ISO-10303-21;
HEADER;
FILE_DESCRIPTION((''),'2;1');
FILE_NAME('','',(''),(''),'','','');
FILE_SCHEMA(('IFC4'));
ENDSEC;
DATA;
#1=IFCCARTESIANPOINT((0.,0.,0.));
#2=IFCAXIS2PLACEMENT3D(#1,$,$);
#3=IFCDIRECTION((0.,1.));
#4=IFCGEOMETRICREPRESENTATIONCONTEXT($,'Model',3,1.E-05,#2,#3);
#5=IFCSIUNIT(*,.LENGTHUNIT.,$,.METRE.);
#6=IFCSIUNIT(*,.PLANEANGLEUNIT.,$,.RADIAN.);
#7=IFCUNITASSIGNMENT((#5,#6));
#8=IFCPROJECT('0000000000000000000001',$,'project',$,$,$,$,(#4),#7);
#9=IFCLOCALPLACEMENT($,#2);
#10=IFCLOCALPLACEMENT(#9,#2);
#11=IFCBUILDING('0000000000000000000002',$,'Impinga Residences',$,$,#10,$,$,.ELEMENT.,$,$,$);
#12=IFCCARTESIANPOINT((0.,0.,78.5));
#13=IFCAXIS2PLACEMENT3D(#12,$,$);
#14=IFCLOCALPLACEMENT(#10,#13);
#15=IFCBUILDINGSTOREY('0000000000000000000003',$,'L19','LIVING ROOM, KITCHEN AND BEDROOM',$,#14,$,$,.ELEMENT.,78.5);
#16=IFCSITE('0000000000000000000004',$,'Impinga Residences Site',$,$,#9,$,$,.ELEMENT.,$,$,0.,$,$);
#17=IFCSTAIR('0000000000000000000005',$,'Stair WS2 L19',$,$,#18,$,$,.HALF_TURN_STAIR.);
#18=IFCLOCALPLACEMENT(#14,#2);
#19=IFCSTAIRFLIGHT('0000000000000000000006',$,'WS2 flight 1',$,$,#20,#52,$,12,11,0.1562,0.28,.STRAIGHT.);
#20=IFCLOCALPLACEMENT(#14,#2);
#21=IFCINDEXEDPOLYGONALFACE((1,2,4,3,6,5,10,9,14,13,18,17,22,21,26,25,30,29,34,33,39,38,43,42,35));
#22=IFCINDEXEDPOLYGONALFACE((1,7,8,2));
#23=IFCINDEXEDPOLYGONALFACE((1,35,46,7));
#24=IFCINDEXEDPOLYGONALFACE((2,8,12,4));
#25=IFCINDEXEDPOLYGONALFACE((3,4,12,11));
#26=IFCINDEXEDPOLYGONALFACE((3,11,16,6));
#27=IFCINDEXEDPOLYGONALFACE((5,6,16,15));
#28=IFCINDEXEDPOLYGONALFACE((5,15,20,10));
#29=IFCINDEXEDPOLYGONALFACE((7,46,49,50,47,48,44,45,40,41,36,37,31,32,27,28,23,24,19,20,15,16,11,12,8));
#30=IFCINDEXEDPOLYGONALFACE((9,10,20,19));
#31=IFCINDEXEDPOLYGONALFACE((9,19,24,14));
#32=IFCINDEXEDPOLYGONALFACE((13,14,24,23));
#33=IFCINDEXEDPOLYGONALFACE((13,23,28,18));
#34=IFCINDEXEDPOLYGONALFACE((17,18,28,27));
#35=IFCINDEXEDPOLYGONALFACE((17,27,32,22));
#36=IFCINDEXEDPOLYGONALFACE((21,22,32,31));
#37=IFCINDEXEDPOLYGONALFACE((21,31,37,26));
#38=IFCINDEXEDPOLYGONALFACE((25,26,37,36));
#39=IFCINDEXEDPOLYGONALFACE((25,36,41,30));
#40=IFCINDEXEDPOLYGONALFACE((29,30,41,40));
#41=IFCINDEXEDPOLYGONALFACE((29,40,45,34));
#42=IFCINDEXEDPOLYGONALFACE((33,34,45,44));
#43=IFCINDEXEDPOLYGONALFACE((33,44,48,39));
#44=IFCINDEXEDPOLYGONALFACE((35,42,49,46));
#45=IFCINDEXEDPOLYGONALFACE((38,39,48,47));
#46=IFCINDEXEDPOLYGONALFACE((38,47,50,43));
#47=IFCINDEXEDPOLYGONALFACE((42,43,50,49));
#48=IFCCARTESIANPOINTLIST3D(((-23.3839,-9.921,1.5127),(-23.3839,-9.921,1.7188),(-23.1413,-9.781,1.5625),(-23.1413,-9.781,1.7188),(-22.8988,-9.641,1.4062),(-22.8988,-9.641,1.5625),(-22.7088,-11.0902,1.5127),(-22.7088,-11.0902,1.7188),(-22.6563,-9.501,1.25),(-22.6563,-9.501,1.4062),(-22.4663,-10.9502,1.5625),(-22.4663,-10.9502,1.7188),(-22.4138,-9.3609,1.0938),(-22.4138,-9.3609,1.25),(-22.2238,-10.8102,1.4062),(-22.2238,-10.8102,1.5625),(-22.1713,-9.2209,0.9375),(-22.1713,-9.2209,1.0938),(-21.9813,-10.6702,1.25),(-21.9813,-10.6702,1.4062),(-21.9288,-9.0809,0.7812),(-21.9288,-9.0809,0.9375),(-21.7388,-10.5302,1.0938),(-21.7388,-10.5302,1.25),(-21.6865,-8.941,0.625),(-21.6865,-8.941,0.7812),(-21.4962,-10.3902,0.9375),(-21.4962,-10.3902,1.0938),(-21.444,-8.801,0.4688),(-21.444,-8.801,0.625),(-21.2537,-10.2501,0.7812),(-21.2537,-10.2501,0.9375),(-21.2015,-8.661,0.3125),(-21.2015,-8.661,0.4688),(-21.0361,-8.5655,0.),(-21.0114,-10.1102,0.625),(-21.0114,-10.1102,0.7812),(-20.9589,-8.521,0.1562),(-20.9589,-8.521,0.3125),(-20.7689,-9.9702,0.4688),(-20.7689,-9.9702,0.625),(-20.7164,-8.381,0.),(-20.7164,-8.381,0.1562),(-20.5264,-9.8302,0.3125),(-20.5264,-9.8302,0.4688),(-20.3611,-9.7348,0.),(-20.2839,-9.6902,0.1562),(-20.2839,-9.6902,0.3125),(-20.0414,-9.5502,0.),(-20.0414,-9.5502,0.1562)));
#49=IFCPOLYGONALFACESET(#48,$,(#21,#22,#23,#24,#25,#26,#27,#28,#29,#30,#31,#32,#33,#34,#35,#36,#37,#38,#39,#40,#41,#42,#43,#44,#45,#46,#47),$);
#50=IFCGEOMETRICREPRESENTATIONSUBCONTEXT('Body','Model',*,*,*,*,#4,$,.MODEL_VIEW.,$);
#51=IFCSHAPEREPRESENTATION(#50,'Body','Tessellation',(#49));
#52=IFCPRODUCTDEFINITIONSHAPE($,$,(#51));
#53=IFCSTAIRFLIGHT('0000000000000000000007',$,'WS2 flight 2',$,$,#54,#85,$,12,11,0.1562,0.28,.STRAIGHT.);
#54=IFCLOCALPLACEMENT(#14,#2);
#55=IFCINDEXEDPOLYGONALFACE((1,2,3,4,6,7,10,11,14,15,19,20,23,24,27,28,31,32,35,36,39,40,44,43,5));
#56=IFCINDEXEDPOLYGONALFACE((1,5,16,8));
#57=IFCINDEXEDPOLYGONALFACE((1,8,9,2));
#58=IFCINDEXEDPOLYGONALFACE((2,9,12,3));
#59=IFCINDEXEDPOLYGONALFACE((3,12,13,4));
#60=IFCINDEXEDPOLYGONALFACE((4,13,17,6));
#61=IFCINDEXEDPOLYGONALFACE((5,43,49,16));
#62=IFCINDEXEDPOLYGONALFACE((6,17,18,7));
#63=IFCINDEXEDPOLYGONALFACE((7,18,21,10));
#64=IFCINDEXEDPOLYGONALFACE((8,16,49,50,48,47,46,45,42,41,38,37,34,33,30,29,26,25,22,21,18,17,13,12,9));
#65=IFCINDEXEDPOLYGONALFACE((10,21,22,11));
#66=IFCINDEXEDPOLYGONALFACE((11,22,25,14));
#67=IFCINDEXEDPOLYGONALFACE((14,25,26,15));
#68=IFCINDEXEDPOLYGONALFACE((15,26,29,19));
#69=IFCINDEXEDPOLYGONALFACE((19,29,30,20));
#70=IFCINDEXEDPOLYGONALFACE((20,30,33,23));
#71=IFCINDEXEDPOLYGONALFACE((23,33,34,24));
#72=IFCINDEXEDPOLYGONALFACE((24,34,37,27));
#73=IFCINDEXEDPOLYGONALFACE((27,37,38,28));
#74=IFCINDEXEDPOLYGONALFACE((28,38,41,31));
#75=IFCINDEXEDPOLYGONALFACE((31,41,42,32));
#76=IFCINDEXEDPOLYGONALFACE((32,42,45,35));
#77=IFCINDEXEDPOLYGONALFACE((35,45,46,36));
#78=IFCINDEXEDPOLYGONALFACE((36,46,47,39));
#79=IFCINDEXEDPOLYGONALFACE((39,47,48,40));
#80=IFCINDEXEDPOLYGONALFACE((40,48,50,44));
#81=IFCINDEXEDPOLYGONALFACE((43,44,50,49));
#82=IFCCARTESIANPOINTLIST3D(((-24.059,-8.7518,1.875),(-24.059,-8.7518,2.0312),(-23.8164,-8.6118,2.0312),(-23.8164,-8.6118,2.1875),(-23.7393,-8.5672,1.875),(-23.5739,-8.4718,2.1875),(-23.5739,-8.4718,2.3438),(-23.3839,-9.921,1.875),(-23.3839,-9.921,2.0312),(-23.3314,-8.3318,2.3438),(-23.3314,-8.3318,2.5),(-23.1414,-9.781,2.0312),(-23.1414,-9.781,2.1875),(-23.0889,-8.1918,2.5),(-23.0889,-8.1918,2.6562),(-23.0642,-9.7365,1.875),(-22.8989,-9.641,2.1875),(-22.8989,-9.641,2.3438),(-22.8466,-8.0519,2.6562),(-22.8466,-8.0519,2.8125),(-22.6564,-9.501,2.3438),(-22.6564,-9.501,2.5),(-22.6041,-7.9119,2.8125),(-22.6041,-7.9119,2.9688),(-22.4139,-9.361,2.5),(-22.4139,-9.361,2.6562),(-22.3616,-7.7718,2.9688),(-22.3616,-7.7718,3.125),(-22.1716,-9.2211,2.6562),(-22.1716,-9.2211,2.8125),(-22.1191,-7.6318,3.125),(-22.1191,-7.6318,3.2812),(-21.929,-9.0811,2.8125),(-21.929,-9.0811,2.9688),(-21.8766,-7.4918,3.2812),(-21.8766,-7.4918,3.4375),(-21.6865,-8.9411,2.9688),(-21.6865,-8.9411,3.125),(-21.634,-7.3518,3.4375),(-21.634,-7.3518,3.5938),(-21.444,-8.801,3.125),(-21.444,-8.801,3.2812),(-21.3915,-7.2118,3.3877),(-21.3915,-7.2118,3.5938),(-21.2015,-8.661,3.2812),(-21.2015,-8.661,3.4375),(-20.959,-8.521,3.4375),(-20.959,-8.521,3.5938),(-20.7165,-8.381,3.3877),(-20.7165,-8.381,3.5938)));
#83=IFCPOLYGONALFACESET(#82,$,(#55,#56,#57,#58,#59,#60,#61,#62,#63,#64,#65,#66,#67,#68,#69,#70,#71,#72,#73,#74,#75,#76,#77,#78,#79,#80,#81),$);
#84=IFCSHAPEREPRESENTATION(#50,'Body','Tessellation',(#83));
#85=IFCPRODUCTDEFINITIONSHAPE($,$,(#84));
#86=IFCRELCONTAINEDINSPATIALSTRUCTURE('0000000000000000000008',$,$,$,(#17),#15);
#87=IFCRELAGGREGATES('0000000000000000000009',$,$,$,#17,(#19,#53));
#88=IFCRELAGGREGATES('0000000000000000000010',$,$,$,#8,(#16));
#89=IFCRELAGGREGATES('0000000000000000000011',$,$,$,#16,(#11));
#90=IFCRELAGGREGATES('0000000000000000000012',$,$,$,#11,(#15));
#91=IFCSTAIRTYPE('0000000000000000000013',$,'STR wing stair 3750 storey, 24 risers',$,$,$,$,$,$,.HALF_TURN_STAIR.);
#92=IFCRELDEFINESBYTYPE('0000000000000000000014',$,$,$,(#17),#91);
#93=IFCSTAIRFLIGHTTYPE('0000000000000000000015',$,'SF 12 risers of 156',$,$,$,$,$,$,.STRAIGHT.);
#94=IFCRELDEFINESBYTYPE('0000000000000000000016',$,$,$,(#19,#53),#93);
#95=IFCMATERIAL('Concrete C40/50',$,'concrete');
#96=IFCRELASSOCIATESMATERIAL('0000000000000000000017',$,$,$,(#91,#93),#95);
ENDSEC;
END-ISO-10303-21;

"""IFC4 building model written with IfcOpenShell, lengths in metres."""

from ifc_helpers import new_model, si_unit, direction, frame, origin, place, context, subcontext, project, spatial, polyline, outline, extrude, material, type_object, element, aggregate, save


model = new_model("IFC4")

# Units and contexts
model_context = context("Model", 3, precision=1e-05, world=origin(), true_north=direction((0.0, 1.0)))
body_context = subcontext(model_context, "Body", "Model", "MODEL_VIEW")
ifc_project = project(units=[si_unit("LENGTHUNIT", "METRE"), si_unit("PLANEANGLEUNIT", "RADIAN")], contexts=[model_context])

# Site, building, storey
site_placement = place(None, origin())
site = spatial("IfcSite", under=ifc_project, at=site_placement, Name="Impinga Residences Site", CompositionType="ELEMENT", RefElevation=0.0)
building_placement = place(site_placement, origin())
building = spatial("IfcBuilding", under=site, at=building_placement, Name="Impinga Residences", CompositionType="ELEMENT")
storey_placement = place(building_placement, frame((0.0, 0.0, 78.5)))
storey = spatial("IfcBuildingStorey", under=building, at=storey_placement, Name="L19", Description="LIVING ROOM, KITCHEN AND BEDROOM", CompositionType="ELEMENT", Elevation=78.5)

# Stair, stair flights
ifc_material_1 = material(Name="Concrete C40/50", Category="concrete")
stair_type = type_object("IfcStairType", Name="STR wing stair 3750 storey, 24 risers", PredefinedType="HALF_TURN_STAIR", material=ifc_material_1)
stair_placement = place(storey_placement, origin())
stair = element("IfcStair", 1, at=stair_placement, inside=storey, type_object=stair_type, Name="Stair WS2 L19", PredefinedType="HALF_TURN_STAIR")
stair_flight_type = type_object("IfcStairFlightType", Name="SF 12 risers of 156", PredefinedType="STRAIGHT", material=ifc_material_1)
stair_flight_1_placement = place(storey_placement, frame((-20.3789, -8.9656, 0.0), z_axis=(0.0, 0.0, 1.0), x_axis=(-0.866025, -0.5, 0.0)))
stair_flight_1 = element("IfcStairFlight", 2, at=stair_flight_1_placement, type_object=stair_flight_type, Name="WS2 flight 1", NumberOfRisers=12, NumberOfTreads=11, PredefinedType="STRAIGHT", RiserHeight=0.1562, TreadLength=0.28, context=body_context, shape_type="SweptSolid", body=[
    extrude(outline(polyline([(0.0, 0.0), (0.0, 0.1562), (0.28, 0.1562), (0.28, 0.3125), (0.5601, 0.3125), (0.5601, 0.4688), (0.8401, 0.4688), (0.8401, 0.625), (1.1201, 0.625), (1.1201, 0.7812), (1.3999, 0.7812), (1.3999, 0.9375), (1.6799, 0.9375), (1.6799, 1.0938), (1.96, 1.0938), (1.96, 1.25), (2.24, 1.25), (2.24, 1.4062), (2.52, 1.4062), (2.52, 1.5625), (2.8, 1.5625), (2.8, 1.7188), (3.0801, 1.7188), (3.0801, 1.875), (3.0801, 1.5127), (0.3691, 0.0), (0.0, 0.0)])), frame((0.0, 0.675, 0.0), z_axis=(0.0, -1.0, 0.0), x_axis=(1.0, 0.0, 0.0)), (0.0, 0.0, 1.0), 1.3501),
])
stair_flight_2_placement = place(storey_placement, frame((-23.7214, -9.3364, 1.875), z_axis=(0.0, 0.0, 1.0), x_axis=(0.866025, 0.5, 0.0)))
stair_flight_2 = element("IfcStairFlight", 3, at=stair_flight_2_placement, type_object=stair_flight_type, Name="WS2 flight 2", NumberOfRisers=12, NumberOfTreads=11, PredefinedType="STRAIGHT", RiserHeight=0.1562, TreadLength=0.28, context=body_context, shape_type="SweptSolid", body=[
    extrude(outline(polyline([(0.0, 0.0), (0.0, 0.1562), (0.28, 0.1562), (0.28, 0.3125), (0.5601, 0.3125), (0.5601, 0.4688), (0.8401, 0.4688), (0.8401, 0.625), (1.1201, 0.625), (1.1201, 0.7812), (1.3999, 0.7812), (1.3999, 0.9375), (1.6799, 0.9375), (1.6799, 1.0938), (1.96, 1.0938), (1.96, 1.25), (2.24, 1.25), (2.24, 1.4062), (2.52, 1.4062), (2.52, 1.5625), (2.8, 1.5625), (2.8, 1.7188), (3.0801, 1.7188), (3.0801, 1.875), (3.0801, 1.5127), (0.3691, 0.0), (0.0, 0.0)])), frame((0.0, 0.675, 0.0), z_axis=(0.0, -1.0, 0.0), x_axis=(1.0, 0.0, 0.0)), (0.0, 0.0, 1.0), 1.3501),
])
aggregate(stair, [stair_flight_1, stair_flight_2])

save(model, "model.ifc")
